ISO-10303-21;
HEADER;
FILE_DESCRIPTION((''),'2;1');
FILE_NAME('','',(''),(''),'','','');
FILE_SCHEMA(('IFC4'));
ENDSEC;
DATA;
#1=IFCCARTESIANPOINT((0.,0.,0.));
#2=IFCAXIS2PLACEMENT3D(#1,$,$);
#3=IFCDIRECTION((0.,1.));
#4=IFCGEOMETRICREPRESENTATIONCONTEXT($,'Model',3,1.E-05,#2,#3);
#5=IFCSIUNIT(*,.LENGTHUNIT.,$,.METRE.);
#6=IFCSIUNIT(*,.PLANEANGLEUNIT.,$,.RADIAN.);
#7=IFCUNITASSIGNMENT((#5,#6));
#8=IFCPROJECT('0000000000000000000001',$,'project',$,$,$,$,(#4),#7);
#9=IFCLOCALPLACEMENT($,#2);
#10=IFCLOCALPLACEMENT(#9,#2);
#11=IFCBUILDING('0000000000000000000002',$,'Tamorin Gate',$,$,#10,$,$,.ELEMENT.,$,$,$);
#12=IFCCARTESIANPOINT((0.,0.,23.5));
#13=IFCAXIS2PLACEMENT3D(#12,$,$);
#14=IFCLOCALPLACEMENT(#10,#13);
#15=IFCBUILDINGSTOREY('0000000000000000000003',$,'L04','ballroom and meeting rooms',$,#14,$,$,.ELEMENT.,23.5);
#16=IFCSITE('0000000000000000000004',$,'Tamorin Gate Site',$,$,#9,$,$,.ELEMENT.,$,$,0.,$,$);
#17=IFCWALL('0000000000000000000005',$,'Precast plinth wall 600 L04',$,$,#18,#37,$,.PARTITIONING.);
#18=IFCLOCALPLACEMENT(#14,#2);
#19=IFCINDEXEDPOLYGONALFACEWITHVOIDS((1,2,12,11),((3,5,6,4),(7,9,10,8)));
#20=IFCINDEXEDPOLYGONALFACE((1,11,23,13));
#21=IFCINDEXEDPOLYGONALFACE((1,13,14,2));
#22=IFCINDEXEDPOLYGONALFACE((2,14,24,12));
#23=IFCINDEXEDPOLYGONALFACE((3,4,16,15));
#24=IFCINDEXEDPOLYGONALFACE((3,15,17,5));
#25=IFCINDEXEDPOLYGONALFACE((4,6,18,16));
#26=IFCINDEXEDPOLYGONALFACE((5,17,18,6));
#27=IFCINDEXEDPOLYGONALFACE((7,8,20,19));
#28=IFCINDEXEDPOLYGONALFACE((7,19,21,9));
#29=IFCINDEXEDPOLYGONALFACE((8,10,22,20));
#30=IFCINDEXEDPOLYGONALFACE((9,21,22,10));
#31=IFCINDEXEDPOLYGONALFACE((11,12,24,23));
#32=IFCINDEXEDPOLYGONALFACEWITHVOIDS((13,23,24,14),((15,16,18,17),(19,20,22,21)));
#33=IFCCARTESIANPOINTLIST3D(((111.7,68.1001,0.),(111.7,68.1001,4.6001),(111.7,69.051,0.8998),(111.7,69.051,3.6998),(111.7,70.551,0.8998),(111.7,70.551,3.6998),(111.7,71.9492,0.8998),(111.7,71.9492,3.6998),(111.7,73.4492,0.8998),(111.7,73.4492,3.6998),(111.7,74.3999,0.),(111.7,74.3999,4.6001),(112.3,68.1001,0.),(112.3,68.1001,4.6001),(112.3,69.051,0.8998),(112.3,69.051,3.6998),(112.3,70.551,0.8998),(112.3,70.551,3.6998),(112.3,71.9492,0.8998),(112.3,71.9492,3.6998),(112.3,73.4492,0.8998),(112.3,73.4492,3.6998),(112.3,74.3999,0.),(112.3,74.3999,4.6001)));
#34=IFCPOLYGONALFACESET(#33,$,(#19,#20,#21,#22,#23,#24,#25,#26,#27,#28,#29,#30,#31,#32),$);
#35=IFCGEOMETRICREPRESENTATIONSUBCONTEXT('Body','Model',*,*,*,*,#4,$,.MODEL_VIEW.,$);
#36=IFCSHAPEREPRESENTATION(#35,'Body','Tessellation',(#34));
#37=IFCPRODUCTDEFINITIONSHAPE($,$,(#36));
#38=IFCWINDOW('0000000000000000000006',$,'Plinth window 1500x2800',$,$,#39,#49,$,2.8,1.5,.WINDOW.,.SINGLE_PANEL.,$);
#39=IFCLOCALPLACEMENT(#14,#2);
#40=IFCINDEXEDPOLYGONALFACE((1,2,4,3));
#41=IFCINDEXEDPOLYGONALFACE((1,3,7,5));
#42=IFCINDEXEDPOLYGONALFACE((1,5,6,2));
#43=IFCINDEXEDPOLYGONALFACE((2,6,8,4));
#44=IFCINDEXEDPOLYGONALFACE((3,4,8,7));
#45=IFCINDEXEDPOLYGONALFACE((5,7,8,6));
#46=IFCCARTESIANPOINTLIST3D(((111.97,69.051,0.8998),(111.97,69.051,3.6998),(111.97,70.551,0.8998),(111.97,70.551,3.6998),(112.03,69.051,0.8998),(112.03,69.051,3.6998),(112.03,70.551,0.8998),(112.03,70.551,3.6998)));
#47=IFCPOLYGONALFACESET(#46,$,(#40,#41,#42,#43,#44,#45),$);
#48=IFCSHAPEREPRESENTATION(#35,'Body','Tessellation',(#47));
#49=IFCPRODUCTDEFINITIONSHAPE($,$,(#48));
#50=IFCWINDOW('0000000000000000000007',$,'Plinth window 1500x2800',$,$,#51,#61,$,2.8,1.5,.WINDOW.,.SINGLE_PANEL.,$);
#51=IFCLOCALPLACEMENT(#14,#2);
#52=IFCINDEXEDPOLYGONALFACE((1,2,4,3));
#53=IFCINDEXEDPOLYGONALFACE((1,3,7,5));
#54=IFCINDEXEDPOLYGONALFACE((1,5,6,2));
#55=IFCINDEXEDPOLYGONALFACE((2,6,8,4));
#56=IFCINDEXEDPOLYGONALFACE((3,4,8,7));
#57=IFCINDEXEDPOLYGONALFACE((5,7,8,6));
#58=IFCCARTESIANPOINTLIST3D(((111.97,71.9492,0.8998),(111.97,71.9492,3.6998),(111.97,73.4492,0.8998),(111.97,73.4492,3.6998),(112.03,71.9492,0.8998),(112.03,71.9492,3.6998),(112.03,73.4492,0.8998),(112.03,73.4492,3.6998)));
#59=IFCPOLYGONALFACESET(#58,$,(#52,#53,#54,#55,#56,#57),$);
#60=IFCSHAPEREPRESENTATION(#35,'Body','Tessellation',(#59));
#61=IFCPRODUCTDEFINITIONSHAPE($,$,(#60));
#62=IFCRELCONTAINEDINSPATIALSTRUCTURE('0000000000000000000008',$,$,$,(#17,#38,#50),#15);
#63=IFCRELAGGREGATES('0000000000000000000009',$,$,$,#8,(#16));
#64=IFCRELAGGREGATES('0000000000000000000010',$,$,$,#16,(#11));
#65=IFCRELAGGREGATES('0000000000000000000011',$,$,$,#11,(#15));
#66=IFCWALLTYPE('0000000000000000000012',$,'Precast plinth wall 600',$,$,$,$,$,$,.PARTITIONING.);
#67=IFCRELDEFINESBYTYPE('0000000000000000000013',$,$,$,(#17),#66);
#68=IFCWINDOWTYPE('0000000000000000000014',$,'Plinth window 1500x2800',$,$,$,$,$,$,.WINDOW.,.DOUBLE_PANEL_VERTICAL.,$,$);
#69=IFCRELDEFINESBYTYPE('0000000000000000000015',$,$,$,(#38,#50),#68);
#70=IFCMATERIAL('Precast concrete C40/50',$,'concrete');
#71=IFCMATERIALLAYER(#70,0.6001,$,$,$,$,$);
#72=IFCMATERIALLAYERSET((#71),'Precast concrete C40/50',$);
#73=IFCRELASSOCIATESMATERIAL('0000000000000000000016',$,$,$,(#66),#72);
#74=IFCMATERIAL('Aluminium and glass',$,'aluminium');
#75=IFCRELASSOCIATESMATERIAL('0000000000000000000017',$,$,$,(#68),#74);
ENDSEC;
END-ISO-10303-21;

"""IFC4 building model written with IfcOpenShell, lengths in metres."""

from ifc_helpers import new_model, si_unit, direction, frame, frame_2d, origin, place, context, subcontext, project, spatial, rectangle, extrude, material, layer, layer_set, type_object, element, fill, save


model = new_model("IFC4")

# Units and contexts
model_context = context("Model", 3, precision=1e-05, world=origin(), true_north=direction((0.0, 1.0)))
body_context = subcontext(model_context, "Body", "Model", "MODEL_VIEW")
ifc_project = project(units=[si_unit("LENGTHUNIT", "METRE"), si_unit("PLANEANGLEUNIT", "RADIAN")], contexts=[model_context])

# Site, building, storey
site_placement = place(None, origin())
site = spatial("IfcSite", under=ifc_project, at=site_placement, Name="Tamorin Gate Site", CompositionType="ELEMENT", RefElevation=0.0)
building_placement = place(site_placement, origin())
building = spatial("IfcBuilding", under=site, at=building_placement, Name="Tamorin Gate", CompositionType="ELEMENT")
storey_placement = place(building_placement, frame((0.0, 0.0, 23.5)))
storey = spatial("IfcBuildingStorey", under=building, at=storey_placement, Name="L04", Description="ballroom and meeting rooms", CompositionType="ELEMENT", Elevation=23.5)

# Shared definitions
ifc_material_1 = material(Name="Precast concrete C40/50", Category="concrete")
ifc_layer_1 = layer(ifc_material_1, 0.6001)
ifc_layer_set_1 = layer_set([ifc_layer_1], Name="Precast concrete C40/50")
wall_type_1 = type_object("IfcWallType", Name="Precast plinth wall 600", PredefinedType="PARTITIONING", material=ifc_layer_set_1)

# Wall, openings, windows
ifc_material_2 = material(Name="Aluminium and glass", Category="aluminium")
window_type = type_object("IfcWindowType", Name="Plinth window 1500x2800", PartitioningType="DOUBLE_PANEL_VERTICAL", PredefinedType="WINDOW", material=ifc_material_2)
wall_1_placement = place(storey_placement, frame((112.0, 68.1001, 0.0), z_axis=(0.0, 0.0, 1.0), x_axis=(0.0, 1.0, 0.0)))
wall_1 = element("IfcWall", 1, at=wall_1_placement, inside=storey, type_object=wall_type_1, Name="Precast plinth wall 600 L04", PredefinedType="PARTITIONING", context=body_context, shape_type="SweptSolid", body=[
    extrude(rectangle(XDim=6.2998, YDim=0.6001, at=frame_2d((3.1499, 0.0))), origin(), (0.0, 0.0, 1.0), 4.6001),
])
opening_1_placement = place(wall_1_placement, frame((0.9509, 0.0, 0.8999)))
opening_1 = element("IfcOpeningElement", 2, at=opening_1_placement, cuts=wall_1, PredefinedType="OPENING", context=body_context, shape_type="SweptSolid", body=[
    extrude(rectangle(XDim=1.5, YDim=2.8, at=frame_2d((0.75, 1.3999))), frame((0.0, 0.3101, 0.0), z_axis=(0.0, -1.0, 0.0), x_axis=(1.0, 0.0, 0.0)), (0.0, 0.0, 1.0), 0.6201),
])
opening_2_placement = place(wall_1_placement, frame((3.8491, 0.0, 0.8999)))
opening_2 = element("IfcOpeningElement", 3, at=opening_2_placement, cuts=wall_1, PredefinedType="OPENING", context=body_context, shape_type="SweptSolid", body=[
    extrude(rectangle(XDim=1.5, YDim=2.8, at=frame_2d((0.75, 1.3999))), frame((0.0, 0.3101, 0.0), z_axis=(0.0, -1.0, 0.0), x_axis=(1.0, 0.0, 0.0)), (0.0, 0.0, 1.0), 0.6201),
])
window_1_placement = place(opening_1_placement, origin())
window_1 = element("IfcWindow", 4, at=window_1_placement, inside=storey, type_object=window_type, Name="Plinth window 1500x2800", OverallHeight=2.8, OverallWidth=1.5, PartitioningType="SINGLE_PANEL", PredefinedType="WINDOW", context=body_context, shape_type="SweptSolid", body=[
    extrude(rectangle(XDim=1.5, YDim=2.8, at=frame_2d((0.75, 1.3999))), frame((0.0, 0.03, 0.0), z_axis=(0.0, -1.0, 0.0), x_axis=(1.0, 0.0, 0.0)), (0.0, 0.0, 1.0), 0.0601),
])
fill(opening_1, window_1)
window_2_placement = place(opening_2_placement, origin())
window_2 = element("IfcWindow", 5, at=window_2_placement, inside=storey, type_object=window_type, Name="Plinth window 1500x2800", OverallHeight=2.8, OverallWidth=1.5, PartitioningType="SINGLE_PANEL", PredefinedType="WINDOW", context=body_context, shape_type="SweptSolid", body=[
    extrude(rectangle(XDim=1.5, YDim=2.8, at=frame_2d((0.75, 1.3999))), frame((0.0, 0.03, 0.0), z_axis=(0.0, -1.0, 0.0), x_axis=(1.0, 0.0, 0.0)), (0.0, 0.0, 1.0), 0.0601),
])
fill(opening_2, window_2)

save(model, "model.ifc")
